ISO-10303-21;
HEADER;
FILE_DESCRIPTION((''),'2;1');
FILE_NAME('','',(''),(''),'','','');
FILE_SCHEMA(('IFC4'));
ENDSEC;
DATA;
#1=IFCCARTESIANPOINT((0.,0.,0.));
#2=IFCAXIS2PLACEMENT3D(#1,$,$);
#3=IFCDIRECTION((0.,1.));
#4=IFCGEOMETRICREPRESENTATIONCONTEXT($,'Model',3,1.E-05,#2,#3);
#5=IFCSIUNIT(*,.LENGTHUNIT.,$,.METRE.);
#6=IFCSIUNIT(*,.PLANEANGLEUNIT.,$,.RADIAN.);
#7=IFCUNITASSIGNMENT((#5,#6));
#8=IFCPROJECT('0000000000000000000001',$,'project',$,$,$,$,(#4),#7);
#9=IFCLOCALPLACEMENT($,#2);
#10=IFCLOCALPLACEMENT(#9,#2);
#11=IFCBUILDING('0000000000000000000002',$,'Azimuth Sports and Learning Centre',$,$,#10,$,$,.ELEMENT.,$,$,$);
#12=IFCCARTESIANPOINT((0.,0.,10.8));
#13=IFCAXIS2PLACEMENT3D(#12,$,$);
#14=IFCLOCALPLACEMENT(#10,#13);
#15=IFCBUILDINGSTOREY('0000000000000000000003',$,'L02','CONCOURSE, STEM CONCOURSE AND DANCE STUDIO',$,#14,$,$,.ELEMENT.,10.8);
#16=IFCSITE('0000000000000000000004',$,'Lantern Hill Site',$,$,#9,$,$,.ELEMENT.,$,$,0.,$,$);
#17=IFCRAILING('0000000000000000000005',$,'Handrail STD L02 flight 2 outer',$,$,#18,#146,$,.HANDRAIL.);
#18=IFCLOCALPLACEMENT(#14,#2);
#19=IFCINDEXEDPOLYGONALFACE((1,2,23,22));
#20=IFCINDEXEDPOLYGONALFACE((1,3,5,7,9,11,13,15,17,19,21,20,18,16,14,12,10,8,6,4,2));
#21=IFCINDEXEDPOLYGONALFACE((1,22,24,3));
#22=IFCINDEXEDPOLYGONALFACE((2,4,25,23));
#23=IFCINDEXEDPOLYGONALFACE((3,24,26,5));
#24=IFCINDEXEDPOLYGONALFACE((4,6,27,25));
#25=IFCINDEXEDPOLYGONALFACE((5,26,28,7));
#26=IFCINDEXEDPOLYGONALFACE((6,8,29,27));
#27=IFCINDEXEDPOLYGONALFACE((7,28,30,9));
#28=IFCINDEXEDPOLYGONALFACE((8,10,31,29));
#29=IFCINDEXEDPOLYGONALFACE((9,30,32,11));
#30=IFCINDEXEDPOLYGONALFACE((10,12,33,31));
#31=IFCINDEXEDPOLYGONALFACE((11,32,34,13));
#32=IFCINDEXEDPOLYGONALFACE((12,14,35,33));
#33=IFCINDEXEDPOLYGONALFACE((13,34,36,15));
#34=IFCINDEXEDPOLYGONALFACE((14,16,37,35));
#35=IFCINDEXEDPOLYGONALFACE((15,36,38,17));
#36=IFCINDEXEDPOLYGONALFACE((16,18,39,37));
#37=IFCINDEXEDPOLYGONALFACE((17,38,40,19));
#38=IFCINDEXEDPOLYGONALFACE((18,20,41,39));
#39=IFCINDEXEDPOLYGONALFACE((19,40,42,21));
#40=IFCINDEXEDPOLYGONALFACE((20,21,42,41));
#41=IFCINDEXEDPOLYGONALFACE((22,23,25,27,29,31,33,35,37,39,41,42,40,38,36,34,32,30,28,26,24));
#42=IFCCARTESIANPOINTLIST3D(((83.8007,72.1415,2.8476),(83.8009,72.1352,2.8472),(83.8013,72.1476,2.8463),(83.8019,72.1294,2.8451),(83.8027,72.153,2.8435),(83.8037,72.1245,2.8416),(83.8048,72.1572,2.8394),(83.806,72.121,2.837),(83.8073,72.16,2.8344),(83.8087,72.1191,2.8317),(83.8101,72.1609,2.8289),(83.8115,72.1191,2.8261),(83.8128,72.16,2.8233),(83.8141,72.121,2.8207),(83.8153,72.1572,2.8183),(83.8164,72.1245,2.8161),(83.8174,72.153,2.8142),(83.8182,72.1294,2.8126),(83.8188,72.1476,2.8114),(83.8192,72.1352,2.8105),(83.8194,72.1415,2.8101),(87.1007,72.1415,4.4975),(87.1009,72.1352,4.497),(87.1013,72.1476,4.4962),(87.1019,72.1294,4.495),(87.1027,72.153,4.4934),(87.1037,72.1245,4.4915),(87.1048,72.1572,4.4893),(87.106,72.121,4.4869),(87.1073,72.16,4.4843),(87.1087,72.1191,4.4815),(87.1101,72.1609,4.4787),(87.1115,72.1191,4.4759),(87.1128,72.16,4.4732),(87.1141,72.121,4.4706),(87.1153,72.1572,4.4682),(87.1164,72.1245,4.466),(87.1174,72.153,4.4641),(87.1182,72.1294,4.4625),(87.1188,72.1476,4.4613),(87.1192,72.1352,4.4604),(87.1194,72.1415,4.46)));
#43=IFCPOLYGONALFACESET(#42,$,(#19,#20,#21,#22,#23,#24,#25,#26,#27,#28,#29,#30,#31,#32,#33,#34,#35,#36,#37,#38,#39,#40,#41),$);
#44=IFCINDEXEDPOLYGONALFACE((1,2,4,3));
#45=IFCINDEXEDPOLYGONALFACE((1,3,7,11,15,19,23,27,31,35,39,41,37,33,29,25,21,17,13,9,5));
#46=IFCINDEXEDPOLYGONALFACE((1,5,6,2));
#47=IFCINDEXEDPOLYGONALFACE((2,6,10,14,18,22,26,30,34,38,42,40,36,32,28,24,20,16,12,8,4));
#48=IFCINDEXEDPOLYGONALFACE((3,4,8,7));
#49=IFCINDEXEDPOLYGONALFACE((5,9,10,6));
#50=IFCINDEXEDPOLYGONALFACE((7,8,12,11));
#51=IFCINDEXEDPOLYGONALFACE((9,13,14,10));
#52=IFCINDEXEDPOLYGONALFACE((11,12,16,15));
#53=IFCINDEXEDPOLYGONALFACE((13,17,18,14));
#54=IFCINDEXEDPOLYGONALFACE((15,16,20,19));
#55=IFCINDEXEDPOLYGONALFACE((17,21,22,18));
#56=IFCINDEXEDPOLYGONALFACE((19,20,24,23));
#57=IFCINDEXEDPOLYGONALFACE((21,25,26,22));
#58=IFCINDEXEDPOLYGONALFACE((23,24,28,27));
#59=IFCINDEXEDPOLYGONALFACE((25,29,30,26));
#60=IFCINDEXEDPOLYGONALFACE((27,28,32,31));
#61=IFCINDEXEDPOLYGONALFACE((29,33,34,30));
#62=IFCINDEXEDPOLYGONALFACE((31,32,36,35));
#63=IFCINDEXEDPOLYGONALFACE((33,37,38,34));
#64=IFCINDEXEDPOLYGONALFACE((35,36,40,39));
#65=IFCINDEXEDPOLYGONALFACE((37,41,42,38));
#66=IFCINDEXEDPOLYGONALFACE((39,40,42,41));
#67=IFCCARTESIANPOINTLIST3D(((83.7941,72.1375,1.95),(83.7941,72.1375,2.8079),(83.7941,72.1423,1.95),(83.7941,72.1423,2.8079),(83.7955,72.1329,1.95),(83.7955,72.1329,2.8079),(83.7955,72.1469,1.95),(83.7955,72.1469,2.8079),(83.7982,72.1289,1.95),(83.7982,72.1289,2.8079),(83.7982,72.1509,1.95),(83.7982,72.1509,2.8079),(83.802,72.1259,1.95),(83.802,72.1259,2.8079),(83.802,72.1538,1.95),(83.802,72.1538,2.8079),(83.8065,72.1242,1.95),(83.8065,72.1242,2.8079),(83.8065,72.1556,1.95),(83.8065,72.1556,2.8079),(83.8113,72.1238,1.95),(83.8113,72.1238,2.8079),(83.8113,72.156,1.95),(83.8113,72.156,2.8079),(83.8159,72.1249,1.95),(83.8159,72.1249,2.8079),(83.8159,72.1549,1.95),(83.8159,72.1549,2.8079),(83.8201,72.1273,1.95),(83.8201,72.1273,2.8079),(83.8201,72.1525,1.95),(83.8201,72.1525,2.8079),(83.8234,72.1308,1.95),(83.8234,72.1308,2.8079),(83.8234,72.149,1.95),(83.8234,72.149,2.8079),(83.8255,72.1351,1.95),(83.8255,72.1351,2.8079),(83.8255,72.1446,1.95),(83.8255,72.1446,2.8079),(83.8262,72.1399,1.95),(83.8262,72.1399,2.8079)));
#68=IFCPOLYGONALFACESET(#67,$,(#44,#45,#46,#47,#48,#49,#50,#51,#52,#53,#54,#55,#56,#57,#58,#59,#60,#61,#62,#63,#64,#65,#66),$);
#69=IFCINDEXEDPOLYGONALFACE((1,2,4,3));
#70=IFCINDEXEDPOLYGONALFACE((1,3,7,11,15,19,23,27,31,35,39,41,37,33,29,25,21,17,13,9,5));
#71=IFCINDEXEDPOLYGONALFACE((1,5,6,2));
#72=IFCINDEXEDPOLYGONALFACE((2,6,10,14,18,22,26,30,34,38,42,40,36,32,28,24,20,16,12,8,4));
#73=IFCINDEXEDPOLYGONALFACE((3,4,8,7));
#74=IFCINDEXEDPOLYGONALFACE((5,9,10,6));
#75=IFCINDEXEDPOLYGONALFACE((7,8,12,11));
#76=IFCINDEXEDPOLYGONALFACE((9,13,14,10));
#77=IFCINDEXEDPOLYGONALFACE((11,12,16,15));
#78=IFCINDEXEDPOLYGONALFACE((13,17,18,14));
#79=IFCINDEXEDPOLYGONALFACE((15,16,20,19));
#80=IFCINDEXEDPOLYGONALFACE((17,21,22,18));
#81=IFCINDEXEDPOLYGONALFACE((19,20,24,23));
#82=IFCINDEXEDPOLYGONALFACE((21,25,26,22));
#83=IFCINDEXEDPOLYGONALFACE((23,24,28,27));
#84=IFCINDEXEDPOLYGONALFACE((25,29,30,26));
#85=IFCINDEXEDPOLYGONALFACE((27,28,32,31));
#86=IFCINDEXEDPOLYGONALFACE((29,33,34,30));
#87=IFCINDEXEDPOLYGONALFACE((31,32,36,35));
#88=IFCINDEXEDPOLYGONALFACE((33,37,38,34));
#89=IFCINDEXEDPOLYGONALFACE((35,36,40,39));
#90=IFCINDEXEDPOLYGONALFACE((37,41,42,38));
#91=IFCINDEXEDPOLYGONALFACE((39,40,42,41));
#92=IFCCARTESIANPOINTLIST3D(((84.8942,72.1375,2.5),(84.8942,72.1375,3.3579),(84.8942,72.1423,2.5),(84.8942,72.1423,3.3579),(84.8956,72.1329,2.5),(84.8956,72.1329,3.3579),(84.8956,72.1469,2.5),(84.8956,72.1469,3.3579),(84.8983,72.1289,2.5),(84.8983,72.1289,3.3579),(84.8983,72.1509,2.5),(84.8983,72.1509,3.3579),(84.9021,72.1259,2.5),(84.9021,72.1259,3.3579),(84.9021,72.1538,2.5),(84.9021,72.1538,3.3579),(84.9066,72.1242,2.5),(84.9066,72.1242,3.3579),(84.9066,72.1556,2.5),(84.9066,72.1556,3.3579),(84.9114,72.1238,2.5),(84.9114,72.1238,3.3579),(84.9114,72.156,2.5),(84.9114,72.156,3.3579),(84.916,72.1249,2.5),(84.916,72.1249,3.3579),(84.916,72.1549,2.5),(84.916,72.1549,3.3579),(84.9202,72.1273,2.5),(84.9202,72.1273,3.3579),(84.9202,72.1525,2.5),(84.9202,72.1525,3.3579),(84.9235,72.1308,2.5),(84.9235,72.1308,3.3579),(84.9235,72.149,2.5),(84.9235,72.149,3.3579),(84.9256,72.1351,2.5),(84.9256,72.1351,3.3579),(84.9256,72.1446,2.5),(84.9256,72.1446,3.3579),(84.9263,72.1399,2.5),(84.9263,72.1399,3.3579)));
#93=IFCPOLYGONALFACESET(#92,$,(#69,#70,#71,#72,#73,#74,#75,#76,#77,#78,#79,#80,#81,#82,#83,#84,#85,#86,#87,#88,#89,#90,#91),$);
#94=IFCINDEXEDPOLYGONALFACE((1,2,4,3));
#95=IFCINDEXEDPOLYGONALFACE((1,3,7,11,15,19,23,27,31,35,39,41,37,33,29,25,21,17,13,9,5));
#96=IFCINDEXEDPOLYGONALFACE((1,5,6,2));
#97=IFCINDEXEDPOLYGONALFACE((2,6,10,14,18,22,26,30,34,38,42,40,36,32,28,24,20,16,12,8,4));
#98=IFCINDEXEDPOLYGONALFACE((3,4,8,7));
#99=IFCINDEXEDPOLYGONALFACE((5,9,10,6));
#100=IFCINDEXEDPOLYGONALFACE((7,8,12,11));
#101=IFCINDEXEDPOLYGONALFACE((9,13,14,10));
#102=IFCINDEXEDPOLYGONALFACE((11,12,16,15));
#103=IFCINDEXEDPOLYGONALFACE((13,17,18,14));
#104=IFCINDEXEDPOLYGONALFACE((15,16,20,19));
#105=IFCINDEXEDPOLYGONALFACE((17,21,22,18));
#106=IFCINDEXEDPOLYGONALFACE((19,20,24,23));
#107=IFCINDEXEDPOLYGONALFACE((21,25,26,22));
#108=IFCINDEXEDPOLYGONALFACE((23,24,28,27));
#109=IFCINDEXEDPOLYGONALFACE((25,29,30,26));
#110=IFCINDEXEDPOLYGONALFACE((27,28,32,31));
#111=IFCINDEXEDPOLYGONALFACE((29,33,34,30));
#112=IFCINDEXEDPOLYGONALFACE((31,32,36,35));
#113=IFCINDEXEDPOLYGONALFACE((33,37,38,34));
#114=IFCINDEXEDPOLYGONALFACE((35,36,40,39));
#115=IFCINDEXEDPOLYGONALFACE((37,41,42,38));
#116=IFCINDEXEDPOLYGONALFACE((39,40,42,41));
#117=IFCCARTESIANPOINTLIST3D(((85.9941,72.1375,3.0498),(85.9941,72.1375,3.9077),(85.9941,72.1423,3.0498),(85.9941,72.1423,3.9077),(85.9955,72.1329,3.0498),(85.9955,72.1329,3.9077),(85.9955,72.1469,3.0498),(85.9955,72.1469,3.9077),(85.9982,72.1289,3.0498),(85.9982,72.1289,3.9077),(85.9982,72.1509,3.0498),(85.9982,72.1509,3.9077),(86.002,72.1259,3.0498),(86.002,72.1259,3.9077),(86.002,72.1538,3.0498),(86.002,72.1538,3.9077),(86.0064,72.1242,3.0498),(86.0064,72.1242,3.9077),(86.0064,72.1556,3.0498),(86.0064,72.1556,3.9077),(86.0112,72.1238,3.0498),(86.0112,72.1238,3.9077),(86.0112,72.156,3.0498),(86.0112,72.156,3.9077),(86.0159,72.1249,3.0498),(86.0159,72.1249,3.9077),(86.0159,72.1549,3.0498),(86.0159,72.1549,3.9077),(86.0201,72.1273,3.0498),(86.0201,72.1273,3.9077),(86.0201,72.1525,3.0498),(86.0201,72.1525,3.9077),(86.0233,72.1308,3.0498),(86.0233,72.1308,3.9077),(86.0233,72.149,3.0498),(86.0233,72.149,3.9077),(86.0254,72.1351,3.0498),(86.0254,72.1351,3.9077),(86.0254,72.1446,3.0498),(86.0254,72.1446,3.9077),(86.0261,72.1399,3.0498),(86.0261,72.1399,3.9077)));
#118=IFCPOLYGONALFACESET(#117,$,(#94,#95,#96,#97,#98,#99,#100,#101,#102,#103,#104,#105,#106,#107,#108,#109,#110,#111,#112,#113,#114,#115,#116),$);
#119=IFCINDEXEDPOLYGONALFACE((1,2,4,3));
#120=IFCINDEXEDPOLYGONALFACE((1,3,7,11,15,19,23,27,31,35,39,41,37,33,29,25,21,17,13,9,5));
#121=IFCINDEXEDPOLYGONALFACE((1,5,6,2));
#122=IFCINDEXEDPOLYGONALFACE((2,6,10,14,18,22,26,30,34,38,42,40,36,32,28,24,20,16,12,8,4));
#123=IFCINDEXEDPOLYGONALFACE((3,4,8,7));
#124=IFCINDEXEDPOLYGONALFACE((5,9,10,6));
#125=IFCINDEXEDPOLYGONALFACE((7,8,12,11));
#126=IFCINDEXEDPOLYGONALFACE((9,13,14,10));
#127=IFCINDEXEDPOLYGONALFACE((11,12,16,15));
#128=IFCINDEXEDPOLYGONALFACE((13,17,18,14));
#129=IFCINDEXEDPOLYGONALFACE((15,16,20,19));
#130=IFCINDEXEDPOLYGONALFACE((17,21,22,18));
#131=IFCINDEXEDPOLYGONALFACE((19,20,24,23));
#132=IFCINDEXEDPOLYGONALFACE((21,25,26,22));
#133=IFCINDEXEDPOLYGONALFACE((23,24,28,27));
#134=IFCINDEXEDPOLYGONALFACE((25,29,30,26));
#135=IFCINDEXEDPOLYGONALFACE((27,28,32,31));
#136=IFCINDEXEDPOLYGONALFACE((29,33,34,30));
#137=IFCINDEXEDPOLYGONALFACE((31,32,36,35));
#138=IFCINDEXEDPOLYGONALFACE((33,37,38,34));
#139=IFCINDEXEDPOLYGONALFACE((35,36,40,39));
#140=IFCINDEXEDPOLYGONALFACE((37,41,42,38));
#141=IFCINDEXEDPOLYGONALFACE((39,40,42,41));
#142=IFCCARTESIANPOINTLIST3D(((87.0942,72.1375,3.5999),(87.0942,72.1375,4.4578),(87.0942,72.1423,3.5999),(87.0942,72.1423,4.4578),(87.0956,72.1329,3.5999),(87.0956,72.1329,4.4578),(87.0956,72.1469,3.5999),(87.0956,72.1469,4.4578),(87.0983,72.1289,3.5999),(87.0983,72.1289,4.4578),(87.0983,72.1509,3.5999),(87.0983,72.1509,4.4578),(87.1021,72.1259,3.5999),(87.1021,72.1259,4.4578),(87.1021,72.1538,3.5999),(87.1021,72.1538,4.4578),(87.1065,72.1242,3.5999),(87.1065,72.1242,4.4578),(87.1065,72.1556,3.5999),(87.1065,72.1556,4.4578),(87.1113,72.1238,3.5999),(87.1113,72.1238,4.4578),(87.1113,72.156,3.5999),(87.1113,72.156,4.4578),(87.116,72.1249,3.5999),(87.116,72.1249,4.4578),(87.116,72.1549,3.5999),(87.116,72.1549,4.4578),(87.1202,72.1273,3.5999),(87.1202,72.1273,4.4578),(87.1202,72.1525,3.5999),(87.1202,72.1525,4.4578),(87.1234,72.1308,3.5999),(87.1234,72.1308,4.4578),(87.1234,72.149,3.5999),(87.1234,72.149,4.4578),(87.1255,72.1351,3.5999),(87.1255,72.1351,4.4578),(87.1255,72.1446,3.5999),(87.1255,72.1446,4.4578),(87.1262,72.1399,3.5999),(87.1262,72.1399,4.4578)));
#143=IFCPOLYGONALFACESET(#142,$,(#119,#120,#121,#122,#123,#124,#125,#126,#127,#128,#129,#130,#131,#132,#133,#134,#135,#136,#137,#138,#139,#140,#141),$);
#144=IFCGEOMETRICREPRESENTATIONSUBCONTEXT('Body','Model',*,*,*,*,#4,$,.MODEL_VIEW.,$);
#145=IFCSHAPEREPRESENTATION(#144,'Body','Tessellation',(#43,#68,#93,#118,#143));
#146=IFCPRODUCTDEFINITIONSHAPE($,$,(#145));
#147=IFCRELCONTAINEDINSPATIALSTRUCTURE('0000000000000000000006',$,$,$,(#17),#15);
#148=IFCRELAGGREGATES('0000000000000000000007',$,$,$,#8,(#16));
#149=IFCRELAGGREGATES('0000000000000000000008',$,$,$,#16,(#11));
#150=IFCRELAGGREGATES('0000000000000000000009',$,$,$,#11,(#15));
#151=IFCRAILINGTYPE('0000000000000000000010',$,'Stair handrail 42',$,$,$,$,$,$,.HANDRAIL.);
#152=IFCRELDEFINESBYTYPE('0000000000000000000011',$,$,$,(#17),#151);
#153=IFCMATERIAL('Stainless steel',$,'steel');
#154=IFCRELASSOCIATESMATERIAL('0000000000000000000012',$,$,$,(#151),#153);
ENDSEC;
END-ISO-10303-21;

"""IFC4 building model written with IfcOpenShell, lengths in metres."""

from ifc_helpers import new_model, si_unit, direction, frame, origin, origin_2d, place, context, subcontext, project, spatial, circle, extrude, material, type_object, element, save


model = new_model("IFC4")

# Units and contexts
model_context = context("Model", 3, precision=1e-05, world=origin(), true_north=direction((0.0, 1.0)))
body_context = subcontext(model_context, "Body", "Model", "MODEL_VIEW")
ifc_project = project(units=[si_unit("LENGTHUNIT", "METRE"), si_unit("PLANEANGLEUNIT", "RADIAN")], contexts=[model_context])

# Site, building, storey
site_placement = place(None, origin())
site = spatial("IfcSite", under=ifc_project, at=site_placement, Name="Lantern Hill Site", CompositionType="ELEMENT", RefElevation=0.0)
building_placement = place(site_placement, origin())
building = spatial("IfcBuilding", under=site, at=building_placement, Name="Azimuth Sports and Learning Centre", CompositionType="ELEMENT")
storey_placement = place(building_placement, frame((0.0, 0.0, 10.8)))
storey = spatial("IfcBuildingStorey", under=building, at=storey_placement, Name="L02", Description="CONCOURSE, STEM CONCOURSE AND DANCE STUDIO", CompositionType="ELEMENT", Elevation=10.8)

# Railing
ifc_material_1 = material(Name="Stainless steel", Category="steel")
railing_type_1 = type_object("IfcRailingType", Name="Stair handrail 42", PredefinedType="HANDRAIL", material=ifc_material_1)
for number, where, name in (
    (1, (83.8101, 72.1399, 1.95), "Handrail STD L02 flight 2 outer"),
):
    element("IfcRailing", number, at=place(storey_placement, frame(where)), inside=storey, type_object=railing_type_1, Name=name, PredefinedType="HANDRAIL", context=body_context, shape_type="SweptSolid", body=[
        extrude(circle(Radius=0.021, at=origin_2d()), frame((0.0, 0.0, 0.8789), z_axis=(0.89444, 0.0, 0.447187), x_axis=(0.0, 1.0, 0.0)), (0.0, 0.0, 1.0), 3.6895),
        extrude(circle(Radius=0.0161, at=origin_2d()), origin(), (0.0, 0.0, 1.0), 0.8579),
        extrude(circle(Radius=0.0161, at=origin_2d()), frame((1.1001, 0.0, 0.55)), (0.0, 0.0, 1.0), 0.8579),
        extrude(circle(Radius=0.0161, at=origin_2d()), frame((2.2, 0.0, 1.0999)), (0.0, 0.0, 1.0), 0.8579),
        extrude(circle(Radius=0.0161, at=origin_2d()), frame((3.3, 0.0, 1.6499)), (0.0, 0.0, 1.0), 0.8579),
    ])

save(model, "model.ifc")
